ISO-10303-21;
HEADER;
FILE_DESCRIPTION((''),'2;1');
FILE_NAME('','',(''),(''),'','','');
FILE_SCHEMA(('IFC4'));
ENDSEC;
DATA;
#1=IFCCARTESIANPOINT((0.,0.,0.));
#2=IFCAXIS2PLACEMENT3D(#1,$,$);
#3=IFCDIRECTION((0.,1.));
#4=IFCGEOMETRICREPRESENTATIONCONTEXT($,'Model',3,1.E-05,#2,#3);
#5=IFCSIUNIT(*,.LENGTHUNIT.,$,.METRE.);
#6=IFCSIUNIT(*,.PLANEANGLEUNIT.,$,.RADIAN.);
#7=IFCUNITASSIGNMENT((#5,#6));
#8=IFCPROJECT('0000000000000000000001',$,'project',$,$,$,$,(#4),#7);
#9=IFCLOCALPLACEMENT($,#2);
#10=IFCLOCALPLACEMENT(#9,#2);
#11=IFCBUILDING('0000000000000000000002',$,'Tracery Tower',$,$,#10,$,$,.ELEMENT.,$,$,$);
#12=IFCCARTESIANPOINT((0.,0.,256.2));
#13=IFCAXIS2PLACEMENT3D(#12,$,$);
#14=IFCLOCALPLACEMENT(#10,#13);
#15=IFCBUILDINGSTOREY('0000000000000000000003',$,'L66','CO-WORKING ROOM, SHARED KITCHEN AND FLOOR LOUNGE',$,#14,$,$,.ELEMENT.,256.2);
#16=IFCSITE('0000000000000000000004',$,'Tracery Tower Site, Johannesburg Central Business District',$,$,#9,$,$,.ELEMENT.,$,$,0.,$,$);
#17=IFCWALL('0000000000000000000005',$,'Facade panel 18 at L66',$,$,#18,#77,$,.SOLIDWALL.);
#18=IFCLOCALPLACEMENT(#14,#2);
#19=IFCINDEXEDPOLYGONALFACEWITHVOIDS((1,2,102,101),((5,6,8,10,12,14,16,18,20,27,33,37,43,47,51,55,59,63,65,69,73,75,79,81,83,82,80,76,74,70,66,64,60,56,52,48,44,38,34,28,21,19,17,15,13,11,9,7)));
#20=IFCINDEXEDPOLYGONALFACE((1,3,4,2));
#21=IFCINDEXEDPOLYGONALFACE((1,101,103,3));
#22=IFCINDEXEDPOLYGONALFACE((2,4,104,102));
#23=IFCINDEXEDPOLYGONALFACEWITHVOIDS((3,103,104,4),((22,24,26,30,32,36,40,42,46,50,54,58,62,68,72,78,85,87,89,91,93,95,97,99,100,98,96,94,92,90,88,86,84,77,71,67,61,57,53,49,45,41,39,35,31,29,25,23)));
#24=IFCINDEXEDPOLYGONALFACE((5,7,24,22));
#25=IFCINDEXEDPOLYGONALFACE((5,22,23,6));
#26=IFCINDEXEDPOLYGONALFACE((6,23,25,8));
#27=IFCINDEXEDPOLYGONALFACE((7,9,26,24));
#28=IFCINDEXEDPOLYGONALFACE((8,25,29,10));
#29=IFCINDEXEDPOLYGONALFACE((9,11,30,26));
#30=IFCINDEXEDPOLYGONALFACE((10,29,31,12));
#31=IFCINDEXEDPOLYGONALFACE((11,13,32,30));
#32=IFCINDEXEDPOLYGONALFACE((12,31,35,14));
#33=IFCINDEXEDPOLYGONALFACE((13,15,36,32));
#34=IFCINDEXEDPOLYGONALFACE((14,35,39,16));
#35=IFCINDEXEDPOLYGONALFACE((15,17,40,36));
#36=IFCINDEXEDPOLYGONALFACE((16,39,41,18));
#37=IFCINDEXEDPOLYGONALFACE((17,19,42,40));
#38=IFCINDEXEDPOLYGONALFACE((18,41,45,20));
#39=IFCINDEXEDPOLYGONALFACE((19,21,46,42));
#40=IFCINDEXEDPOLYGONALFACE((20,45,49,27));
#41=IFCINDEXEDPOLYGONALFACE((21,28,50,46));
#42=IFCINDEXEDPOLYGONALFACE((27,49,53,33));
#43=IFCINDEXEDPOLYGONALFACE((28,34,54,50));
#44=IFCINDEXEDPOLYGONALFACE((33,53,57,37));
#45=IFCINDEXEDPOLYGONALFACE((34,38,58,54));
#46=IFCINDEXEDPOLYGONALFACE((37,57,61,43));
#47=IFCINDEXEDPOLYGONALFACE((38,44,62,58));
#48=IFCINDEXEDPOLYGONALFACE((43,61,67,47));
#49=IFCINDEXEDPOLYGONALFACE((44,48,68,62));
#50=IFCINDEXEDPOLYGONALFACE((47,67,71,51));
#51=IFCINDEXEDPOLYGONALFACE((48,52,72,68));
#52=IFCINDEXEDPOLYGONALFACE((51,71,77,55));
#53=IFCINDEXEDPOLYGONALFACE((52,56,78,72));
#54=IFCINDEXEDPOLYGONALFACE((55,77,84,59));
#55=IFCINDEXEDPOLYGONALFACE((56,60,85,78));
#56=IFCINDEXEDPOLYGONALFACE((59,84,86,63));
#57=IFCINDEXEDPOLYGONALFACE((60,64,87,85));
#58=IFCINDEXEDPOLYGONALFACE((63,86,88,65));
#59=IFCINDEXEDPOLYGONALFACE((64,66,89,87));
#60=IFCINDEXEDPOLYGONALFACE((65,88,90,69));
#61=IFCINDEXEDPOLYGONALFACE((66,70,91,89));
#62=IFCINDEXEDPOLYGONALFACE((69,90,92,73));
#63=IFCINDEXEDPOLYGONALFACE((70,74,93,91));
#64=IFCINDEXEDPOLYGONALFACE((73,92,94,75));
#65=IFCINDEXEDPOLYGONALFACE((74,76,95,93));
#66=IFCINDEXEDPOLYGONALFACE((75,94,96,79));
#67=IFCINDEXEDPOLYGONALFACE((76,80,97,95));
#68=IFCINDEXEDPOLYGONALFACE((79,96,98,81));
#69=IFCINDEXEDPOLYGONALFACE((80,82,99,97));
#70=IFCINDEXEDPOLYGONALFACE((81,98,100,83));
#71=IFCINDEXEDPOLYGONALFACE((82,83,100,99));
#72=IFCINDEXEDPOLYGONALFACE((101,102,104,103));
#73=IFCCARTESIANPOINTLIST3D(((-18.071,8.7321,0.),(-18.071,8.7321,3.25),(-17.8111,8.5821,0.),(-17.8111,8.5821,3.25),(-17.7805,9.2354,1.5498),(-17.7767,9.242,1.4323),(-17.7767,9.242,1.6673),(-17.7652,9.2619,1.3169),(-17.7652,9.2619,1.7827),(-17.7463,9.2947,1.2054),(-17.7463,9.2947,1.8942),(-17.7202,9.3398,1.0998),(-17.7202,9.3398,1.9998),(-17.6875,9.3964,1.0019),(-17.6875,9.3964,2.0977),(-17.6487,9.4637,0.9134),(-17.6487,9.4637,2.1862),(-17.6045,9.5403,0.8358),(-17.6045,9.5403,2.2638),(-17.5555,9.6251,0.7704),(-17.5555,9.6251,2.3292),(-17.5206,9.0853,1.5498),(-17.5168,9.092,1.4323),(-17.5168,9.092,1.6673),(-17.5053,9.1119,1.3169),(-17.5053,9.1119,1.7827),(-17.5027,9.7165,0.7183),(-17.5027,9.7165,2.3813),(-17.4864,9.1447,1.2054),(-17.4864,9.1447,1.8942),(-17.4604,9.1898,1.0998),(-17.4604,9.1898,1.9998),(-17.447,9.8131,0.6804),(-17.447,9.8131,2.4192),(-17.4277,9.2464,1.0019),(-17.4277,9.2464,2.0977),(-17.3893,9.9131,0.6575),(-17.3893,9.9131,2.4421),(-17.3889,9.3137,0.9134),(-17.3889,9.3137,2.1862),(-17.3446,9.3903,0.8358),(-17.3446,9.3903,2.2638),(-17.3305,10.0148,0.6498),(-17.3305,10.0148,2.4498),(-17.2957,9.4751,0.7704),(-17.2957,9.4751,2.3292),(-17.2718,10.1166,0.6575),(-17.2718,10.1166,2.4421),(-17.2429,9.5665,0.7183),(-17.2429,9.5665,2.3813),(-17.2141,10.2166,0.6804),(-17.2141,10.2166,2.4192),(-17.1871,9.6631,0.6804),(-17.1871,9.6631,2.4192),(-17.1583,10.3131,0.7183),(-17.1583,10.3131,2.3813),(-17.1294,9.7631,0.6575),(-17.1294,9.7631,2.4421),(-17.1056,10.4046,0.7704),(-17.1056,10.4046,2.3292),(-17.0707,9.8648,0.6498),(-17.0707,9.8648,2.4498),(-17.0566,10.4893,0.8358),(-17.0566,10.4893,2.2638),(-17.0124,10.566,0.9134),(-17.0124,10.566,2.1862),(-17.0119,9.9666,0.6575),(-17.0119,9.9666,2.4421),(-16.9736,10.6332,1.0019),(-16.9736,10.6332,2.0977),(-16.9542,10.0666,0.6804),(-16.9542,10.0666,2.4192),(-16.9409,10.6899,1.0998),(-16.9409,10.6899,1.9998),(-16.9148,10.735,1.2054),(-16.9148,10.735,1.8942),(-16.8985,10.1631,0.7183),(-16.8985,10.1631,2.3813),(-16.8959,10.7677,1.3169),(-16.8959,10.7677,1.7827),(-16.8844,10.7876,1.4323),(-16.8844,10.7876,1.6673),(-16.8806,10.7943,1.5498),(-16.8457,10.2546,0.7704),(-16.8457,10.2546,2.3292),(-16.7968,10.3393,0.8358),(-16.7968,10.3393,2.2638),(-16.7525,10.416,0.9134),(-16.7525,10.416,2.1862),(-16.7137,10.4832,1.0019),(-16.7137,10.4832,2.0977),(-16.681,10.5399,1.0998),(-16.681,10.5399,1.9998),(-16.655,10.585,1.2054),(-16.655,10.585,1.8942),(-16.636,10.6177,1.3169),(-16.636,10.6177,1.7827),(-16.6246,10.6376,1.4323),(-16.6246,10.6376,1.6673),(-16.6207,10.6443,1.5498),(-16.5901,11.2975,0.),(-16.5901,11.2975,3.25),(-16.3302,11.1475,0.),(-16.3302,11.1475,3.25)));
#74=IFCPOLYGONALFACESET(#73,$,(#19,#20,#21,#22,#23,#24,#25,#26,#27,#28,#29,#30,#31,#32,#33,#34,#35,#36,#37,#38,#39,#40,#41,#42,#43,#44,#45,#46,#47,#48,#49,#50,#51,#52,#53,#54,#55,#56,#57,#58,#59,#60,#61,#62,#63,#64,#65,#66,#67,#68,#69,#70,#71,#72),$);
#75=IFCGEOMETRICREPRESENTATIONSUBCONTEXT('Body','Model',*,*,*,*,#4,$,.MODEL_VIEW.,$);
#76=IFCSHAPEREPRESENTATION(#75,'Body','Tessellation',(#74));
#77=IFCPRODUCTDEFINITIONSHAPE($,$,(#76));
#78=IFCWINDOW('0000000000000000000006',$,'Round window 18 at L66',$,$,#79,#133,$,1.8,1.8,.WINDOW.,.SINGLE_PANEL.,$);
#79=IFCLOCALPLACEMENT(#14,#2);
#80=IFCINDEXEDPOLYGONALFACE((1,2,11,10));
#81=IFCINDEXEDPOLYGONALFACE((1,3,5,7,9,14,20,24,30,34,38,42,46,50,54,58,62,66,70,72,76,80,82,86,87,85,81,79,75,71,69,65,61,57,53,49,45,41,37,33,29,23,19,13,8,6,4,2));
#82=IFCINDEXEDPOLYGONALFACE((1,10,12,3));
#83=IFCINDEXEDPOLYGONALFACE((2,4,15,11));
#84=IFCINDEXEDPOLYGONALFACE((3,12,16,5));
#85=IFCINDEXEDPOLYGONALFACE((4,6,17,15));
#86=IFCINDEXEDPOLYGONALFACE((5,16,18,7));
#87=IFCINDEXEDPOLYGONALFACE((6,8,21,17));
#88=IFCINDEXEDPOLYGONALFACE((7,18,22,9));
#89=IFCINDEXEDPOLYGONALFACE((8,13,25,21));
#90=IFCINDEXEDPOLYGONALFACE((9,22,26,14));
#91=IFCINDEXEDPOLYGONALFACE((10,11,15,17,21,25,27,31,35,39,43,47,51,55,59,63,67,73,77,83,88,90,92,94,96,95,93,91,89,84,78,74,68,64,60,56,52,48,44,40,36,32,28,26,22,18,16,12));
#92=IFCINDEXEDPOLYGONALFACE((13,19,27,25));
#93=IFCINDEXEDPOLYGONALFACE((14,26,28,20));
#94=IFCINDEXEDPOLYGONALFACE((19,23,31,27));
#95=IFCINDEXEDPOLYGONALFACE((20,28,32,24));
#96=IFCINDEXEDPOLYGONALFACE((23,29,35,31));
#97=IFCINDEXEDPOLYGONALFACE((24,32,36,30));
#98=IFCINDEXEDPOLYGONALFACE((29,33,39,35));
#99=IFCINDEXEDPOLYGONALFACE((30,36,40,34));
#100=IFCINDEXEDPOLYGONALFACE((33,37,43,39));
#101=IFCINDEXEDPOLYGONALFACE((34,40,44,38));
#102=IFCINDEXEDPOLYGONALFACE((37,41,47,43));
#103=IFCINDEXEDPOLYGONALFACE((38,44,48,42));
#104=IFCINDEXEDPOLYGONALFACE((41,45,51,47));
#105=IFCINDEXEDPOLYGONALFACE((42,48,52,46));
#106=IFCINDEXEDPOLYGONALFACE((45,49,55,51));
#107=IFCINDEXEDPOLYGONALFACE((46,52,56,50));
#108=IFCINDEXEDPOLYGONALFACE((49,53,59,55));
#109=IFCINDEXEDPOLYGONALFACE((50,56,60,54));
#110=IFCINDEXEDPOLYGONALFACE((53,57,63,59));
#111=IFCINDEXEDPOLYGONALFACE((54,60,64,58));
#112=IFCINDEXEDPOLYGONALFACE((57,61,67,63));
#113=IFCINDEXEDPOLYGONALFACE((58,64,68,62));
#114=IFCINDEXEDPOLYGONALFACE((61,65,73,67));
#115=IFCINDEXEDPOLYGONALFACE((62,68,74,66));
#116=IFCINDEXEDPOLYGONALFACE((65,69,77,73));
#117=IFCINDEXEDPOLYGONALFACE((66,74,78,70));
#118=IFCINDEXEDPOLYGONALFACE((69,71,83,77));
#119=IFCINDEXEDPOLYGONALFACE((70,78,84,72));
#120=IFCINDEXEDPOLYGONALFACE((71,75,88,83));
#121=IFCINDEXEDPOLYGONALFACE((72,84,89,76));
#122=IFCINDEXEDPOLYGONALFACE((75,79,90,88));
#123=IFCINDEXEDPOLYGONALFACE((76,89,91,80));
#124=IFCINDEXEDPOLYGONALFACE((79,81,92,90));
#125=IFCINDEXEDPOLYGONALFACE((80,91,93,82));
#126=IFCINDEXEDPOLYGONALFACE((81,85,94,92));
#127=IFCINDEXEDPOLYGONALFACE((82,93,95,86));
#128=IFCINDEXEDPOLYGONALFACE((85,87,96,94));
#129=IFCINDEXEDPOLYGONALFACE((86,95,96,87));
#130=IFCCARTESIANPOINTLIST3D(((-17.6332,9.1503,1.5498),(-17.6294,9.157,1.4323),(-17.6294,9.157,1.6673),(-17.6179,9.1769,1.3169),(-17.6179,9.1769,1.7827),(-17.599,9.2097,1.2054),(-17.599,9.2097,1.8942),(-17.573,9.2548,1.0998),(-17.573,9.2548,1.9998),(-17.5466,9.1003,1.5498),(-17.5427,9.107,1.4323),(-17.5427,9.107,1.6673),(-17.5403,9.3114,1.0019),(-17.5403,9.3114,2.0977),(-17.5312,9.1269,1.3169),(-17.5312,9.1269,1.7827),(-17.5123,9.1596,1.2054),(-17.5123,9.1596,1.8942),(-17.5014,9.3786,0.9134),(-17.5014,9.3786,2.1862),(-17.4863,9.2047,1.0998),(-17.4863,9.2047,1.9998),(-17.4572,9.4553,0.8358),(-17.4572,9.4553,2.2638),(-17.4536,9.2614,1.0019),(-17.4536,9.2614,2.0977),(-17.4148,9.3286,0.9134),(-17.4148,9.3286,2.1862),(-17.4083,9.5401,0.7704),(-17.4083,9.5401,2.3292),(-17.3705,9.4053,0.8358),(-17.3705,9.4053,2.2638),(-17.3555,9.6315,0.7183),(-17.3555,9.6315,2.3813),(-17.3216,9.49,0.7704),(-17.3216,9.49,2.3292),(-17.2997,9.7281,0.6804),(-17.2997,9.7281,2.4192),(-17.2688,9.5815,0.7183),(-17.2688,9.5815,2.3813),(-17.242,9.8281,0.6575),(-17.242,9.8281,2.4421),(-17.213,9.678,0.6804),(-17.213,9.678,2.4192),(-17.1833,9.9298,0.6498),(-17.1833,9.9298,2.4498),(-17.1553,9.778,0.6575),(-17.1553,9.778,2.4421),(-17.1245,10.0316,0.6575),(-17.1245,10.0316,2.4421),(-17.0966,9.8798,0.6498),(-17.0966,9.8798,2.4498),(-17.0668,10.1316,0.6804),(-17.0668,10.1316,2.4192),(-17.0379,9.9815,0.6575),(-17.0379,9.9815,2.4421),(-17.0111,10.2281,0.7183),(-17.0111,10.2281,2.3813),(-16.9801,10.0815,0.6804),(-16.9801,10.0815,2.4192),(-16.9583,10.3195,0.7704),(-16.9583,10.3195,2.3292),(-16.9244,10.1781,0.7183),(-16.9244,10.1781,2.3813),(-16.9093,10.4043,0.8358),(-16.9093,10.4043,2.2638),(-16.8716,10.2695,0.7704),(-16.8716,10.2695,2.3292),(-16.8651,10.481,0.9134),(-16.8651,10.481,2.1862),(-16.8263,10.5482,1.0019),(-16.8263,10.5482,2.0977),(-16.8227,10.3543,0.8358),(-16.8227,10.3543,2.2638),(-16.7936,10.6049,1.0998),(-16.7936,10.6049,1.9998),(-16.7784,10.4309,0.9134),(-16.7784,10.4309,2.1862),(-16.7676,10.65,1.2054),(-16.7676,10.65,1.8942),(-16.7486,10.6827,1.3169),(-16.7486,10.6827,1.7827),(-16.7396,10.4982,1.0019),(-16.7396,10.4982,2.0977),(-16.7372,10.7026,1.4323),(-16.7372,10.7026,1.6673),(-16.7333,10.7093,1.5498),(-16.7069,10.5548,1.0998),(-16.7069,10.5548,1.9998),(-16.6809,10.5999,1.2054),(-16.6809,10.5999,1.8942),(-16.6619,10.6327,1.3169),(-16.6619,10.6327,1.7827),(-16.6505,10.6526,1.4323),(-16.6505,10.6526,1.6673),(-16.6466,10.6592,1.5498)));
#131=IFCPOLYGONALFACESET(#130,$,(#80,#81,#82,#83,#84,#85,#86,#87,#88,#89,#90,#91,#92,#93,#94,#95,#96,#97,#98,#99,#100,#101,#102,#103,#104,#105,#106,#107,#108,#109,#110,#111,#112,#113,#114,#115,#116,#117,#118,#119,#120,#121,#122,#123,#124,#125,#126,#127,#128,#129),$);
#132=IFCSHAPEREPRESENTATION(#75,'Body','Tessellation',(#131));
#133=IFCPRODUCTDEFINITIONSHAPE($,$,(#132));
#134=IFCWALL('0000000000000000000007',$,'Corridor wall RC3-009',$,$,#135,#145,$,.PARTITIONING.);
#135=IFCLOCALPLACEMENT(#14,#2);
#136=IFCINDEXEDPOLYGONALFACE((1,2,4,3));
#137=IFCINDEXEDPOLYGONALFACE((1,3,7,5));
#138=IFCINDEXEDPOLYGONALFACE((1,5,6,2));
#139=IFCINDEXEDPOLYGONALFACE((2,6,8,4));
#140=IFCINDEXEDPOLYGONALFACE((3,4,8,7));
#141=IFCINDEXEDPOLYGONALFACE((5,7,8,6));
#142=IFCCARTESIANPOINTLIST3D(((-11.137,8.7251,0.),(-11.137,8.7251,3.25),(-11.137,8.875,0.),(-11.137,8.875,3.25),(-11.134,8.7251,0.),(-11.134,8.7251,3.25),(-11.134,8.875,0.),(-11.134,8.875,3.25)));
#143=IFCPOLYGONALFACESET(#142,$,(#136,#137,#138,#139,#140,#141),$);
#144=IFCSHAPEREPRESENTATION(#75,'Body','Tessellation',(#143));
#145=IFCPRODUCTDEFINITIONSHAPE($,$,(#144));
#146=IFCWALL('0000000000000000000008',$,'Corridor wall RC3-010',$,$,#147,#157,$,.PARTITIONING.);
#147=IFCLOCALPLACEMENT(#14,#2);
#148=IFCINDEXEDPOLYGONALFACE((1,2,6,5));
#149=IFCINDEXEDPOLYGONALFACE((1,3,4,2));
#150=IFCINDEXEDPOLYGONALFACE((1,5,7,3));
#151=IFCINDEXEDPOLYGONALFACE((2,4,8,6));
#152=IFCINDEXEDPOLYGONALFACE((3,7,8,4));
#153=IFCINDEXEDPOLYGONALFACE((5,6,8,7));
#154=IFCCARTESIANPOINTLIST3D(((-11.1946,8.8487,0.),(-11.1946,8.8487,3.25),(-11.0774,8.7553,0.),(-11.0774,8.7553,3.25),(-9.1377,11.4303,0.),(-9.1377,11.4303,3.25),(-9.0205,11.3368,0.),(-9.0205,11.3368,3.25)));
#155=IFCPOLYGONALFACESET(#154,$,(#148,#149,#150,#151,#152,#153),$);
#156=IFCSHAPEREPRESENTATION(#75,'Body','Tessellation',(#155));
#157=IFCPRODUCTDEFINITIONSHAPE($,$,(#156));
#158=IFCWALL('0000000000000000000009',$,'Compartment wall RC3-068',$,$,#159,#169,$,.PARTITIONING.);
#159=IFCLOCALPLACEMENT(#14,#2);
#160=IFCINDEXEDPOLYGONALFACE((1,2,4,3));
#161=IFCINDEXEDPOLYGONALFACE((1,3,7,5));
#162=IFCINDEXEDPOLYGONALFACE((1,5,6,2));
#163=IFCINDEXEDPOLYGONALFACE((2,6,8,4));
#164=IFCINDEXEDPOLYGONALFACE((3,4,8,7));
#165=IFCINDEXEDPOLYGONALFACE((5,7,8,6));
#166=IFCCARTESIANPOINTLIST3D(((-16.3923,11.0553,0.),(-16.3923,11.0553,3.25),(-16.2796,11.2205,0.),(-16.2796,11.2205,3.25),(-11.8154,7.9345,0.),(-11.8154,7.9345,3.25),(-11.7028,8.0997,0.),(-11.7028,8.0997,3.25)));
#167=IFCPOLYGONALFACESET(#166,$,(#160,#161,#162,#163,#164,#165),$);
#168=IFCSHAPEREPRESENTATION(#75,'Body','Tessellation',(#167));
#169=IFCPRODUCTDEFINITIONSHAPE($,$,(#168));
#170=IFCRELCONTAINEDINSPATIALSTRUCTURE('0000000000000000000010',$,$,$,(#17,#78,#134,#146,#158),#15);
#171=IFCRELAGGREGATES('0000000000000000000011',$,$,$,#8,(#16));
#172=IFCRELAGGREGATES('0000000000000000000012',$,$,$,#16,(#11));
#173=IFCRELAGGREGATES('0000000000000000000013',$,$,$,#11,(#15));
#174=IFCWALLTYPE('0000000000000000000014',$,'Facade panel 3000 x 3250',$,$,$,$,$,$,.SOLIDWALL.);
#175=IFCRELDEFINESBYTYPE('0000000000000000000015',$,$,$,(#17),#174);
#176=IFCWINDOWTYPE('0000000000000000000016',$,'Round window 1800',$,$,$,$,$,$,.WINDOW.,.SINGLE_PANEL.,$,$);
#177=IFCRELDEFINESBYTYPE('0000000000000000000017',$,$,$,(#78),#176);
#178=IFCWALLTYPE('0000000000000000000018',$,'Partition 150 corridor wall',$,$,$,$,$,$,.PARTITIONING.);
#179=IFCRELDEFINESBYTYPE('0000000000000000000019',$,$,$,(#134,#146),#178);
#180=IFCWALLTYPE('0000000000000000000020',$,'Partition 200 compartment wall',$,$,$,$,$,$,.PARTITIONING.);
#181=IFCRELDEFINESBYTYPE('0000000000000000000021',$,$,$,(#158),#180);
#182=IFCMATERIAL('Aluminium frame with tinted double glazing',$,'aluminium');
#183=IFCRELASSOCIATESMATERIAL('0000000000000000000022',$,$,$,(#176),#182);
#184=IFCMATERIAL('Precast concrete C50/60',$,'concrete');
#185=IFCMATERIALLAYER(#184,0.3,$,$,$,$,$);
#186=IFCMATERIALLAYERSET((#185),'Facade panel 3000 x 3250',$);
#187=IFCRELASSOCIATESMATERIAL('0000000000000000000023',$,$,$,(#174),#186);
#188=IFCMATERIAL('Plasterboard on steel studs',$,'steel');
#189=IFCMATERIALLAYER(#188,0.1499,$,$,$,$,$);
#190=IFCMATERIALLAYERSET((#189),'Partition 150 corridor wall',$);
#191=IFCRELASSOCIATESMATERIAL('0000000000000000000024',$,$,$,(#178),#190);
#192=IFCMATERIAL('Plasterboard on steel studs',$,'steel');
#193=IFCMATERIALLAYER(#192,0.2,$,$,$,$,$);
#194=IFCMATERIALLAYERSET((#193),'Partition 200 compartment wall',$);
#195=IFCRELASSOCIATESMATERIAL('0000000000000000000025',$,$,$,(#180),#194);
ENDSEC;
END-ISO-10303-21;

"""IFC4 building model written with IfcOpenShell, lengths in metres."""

from ifc_helpers import new_model, si_unit, direction, frame, frame_2d, origin, origin_2d, place, context, subcontext, project, spatial, rectangle, circle, extrude, material, layer, layer_set, type_object, element, fill, save


model = new_model("IFC4")

# Units and contexts
model_context = context("Model", 3, precision=1e-05, world=origin(), true_north=direction((0.0, 1.0)))
body_context = subcontext(model_context, "Body", "Model", "MODEL_VIEW")
ifc_project = project(units=[si_unit("LENGTHUNIT", "METRE"), si_unit("PLANEANGLEUNIT", "RADIAN")], contexts=[model_context])

# Site, building, storey
site_placement = place(None, origin())
site = spatial("IfcSite", under=ifc_project, at=site_placement, Name="Tracery Tower Site, Johannesburg Central Business District", CompositionType="ELEMENT", RefElevation=0.0)
building_placement = place(site_placement, origin())
building = spatial("IfcBuilding", under=site, at=building_placement, Name="Tracery Tower", CompositionType="ELEMENT")
storey_placement = place(building_placement, frame((0.0, 0.0, 256.2)))
storey = spatial("IfcBuildingStorey", under=building, at=storey_placement, Name="L66", Description="CO-WORKING ROOM, SHARED KITCHEN AND FLOOR LOUNGE", CompositionType="ELEMENT", Elevation=256.2)

# Wall, opening, window
ifc_material_1 = material(Name="Aluminium frame with tinted double glazing", Category="aluminium")
window_type = type_object("IfcWindowType", Name="Round window 1800", PartitioningType="SINGLE_PANEL", PredefinedType="WINDOW", material=ifc_material_1)
ifc_material_2 = material(Name="Precast concrete C50/60", Category="concrete")
ifc_layer_1 = layer(ifc_material_2, 0.3)
ifc_layer_set_1 = layer_set([ifc_layer_1], Name="Facade panel 3000 x 3250")
wall_type_1 = type_object("IfcWallType", Name="Facade panel 3000 x 3250", PredefinedType="SOLIDWALL", material=ifc_layer_set_1)
wall_1_placement = place(storey_placement, frame((-16.4602, 11.2224, 0.0), z_axis=(0.0, 0.0, 1.0), x_axis=(-0.499951, -0.866054, 0.0)))
wall_1 = element("IfcWall", 1, at=wall_1_placement, inside=storey, type_object=wall_type_1, Name="Facade panel 18 at L66", PredefinedType="SOLIDWALL", context=body_context, shape_type="SweptSolid", body=[
    extrude(rectangle(XDim=2.9622, YDim=0.3, at=frame_2d((1.481, 0.0))), origin(), (0.0, 0.0, 1.0), 3.25),
])
opening_1_placement = place(wall_1_placement, frame((1.481, 0.0, 1.5498)))
opening_1 = element("IfcOpeningElement", 2, at=opening_1_placement, cuts=wall_1, PredefinedType="OPENING", context=body_context, shape_type="SweptSolid", body=[
    extrude(circle(Radius=0.9, at=origin_2d()), frame((0.0, 0.1599, 0.0), z_axis=(0.0, -1.0, 0.0), x_axis=(1.0, 0.0, 0.0)), (0.0, 0.0, 1.0), 0.3201),
])
window_1_placement = place(opening_1_placement, origin())
window_1 = element("IfcWindow", 3, at=window_1_placement, inside=storey, type_object=window_type, Name="Round window 18 at L66", OverallHeight=1.8, OverallWidth=1.8, PartitioningType="SINGLE_PANEL", PredefinedType="WINDOW", context=body_context, shape_type="SweptSolid", body=[
    extrude(circle(Radius=0.9, at=origin_2d()), frame((0.0, 0.1201, 0.0), z_axis=(0.0, -1.0, 0.0), x_axis=(1.0, 0.0, 0.0)), (0.0, 0.0, 1.0), 0.1001),
])
fill(opening_1, window_1)

# Walls
ifc_material_3 = material(Name="Plasterboard on steel studs", Category="steel")
ifc_layer_2 = layer(ifc_material_3, 0.1499)
ifc_layer_set_2 = layer_set([ifc_layer_2], Name="Partition 150 corridor wall")
wall_type_2 = type_object("IfcWallType", Name="Partition 150 corridor wall", PredefinedType="PARTITIONING", material=ifc_layer_set_2)
wall_2_placement = place(storey_placement, frame((-11.134, 8.8, 0.0), z_axis=(0.0, 0.0, 1.0), x_axis=(-1.0, 0.0, 0.0)))
element("IfcWall", 4, at=wall_2_placement, inside=storey, type_object=wall_type_2, Name="Corridor wall RC3-009", PredefinedType="PARTITIONING", context=body_context, shape_type="SweptSolid", body=[
    extrude(rectangle(XDim=0.0029, YDim=0.1499, at=frame_2d((0.0015, 0.0))), origin(), (0.0, 0.0, 1.0), 3.25),
])
wall_3_placement = place(storey_placement, frame((-11.136, 8.802, 0.0), z_axis=(0.0, 0.0, 1.0), x_axis=(0.623151, 0.782101, 0.0)))
element("IfcWall", 5, at=wall_3_placement, inside=storey, type_object=wall_type_2, Name="Corridor wall RC3-010", PredefinedType="PARTITIONING", context=body_context, shape_type="SweptSolid", body=[
    extrude(rectangle(XDim=3.3008, YDim=0.1499, at=frame_2d((1.6504, 0.0))), origin(), (0.0, 0.0, 1.0), 3.25),
])
ifc_material_4 = material(Name="Plasterboard on steel studs", Category="steel")
ifc_layer_3 = layer(ifc_material_4, 0.2)
ifc_layer_set_3 = layer_set([ifc_layer_3], Name="Partition 200 compartment wall")
wall_type_3 = type_object("IfcWallType", Name="Partition 200 compartment wall", PredefinedType="PARTITIONING", material=ifc_layer_set_3)
wall_4_placement = place(storey_placement, frame((-16.3359, 11.1379, 0.0), z_axis=(0.0, 0.0, 1.0), x_axis=(0.826208, -0.563366, 0.0)))
element("IfcWall", 6, at=wall_4_placement, inside=storey, type_object=wall_type_3, Name="Compartment wall RC3-068", PredefinedType="PARTITIONING", context=body_context, shape_type="SweptSolid", body=[
    extrude(rectangle(XDim=5.5396, YDim=0.2, at=frame_2d((2.7698, 0.0))), origin(), (0.0, 0.0, 1.0), 3.25),
])

save(model, "model.ifc")
